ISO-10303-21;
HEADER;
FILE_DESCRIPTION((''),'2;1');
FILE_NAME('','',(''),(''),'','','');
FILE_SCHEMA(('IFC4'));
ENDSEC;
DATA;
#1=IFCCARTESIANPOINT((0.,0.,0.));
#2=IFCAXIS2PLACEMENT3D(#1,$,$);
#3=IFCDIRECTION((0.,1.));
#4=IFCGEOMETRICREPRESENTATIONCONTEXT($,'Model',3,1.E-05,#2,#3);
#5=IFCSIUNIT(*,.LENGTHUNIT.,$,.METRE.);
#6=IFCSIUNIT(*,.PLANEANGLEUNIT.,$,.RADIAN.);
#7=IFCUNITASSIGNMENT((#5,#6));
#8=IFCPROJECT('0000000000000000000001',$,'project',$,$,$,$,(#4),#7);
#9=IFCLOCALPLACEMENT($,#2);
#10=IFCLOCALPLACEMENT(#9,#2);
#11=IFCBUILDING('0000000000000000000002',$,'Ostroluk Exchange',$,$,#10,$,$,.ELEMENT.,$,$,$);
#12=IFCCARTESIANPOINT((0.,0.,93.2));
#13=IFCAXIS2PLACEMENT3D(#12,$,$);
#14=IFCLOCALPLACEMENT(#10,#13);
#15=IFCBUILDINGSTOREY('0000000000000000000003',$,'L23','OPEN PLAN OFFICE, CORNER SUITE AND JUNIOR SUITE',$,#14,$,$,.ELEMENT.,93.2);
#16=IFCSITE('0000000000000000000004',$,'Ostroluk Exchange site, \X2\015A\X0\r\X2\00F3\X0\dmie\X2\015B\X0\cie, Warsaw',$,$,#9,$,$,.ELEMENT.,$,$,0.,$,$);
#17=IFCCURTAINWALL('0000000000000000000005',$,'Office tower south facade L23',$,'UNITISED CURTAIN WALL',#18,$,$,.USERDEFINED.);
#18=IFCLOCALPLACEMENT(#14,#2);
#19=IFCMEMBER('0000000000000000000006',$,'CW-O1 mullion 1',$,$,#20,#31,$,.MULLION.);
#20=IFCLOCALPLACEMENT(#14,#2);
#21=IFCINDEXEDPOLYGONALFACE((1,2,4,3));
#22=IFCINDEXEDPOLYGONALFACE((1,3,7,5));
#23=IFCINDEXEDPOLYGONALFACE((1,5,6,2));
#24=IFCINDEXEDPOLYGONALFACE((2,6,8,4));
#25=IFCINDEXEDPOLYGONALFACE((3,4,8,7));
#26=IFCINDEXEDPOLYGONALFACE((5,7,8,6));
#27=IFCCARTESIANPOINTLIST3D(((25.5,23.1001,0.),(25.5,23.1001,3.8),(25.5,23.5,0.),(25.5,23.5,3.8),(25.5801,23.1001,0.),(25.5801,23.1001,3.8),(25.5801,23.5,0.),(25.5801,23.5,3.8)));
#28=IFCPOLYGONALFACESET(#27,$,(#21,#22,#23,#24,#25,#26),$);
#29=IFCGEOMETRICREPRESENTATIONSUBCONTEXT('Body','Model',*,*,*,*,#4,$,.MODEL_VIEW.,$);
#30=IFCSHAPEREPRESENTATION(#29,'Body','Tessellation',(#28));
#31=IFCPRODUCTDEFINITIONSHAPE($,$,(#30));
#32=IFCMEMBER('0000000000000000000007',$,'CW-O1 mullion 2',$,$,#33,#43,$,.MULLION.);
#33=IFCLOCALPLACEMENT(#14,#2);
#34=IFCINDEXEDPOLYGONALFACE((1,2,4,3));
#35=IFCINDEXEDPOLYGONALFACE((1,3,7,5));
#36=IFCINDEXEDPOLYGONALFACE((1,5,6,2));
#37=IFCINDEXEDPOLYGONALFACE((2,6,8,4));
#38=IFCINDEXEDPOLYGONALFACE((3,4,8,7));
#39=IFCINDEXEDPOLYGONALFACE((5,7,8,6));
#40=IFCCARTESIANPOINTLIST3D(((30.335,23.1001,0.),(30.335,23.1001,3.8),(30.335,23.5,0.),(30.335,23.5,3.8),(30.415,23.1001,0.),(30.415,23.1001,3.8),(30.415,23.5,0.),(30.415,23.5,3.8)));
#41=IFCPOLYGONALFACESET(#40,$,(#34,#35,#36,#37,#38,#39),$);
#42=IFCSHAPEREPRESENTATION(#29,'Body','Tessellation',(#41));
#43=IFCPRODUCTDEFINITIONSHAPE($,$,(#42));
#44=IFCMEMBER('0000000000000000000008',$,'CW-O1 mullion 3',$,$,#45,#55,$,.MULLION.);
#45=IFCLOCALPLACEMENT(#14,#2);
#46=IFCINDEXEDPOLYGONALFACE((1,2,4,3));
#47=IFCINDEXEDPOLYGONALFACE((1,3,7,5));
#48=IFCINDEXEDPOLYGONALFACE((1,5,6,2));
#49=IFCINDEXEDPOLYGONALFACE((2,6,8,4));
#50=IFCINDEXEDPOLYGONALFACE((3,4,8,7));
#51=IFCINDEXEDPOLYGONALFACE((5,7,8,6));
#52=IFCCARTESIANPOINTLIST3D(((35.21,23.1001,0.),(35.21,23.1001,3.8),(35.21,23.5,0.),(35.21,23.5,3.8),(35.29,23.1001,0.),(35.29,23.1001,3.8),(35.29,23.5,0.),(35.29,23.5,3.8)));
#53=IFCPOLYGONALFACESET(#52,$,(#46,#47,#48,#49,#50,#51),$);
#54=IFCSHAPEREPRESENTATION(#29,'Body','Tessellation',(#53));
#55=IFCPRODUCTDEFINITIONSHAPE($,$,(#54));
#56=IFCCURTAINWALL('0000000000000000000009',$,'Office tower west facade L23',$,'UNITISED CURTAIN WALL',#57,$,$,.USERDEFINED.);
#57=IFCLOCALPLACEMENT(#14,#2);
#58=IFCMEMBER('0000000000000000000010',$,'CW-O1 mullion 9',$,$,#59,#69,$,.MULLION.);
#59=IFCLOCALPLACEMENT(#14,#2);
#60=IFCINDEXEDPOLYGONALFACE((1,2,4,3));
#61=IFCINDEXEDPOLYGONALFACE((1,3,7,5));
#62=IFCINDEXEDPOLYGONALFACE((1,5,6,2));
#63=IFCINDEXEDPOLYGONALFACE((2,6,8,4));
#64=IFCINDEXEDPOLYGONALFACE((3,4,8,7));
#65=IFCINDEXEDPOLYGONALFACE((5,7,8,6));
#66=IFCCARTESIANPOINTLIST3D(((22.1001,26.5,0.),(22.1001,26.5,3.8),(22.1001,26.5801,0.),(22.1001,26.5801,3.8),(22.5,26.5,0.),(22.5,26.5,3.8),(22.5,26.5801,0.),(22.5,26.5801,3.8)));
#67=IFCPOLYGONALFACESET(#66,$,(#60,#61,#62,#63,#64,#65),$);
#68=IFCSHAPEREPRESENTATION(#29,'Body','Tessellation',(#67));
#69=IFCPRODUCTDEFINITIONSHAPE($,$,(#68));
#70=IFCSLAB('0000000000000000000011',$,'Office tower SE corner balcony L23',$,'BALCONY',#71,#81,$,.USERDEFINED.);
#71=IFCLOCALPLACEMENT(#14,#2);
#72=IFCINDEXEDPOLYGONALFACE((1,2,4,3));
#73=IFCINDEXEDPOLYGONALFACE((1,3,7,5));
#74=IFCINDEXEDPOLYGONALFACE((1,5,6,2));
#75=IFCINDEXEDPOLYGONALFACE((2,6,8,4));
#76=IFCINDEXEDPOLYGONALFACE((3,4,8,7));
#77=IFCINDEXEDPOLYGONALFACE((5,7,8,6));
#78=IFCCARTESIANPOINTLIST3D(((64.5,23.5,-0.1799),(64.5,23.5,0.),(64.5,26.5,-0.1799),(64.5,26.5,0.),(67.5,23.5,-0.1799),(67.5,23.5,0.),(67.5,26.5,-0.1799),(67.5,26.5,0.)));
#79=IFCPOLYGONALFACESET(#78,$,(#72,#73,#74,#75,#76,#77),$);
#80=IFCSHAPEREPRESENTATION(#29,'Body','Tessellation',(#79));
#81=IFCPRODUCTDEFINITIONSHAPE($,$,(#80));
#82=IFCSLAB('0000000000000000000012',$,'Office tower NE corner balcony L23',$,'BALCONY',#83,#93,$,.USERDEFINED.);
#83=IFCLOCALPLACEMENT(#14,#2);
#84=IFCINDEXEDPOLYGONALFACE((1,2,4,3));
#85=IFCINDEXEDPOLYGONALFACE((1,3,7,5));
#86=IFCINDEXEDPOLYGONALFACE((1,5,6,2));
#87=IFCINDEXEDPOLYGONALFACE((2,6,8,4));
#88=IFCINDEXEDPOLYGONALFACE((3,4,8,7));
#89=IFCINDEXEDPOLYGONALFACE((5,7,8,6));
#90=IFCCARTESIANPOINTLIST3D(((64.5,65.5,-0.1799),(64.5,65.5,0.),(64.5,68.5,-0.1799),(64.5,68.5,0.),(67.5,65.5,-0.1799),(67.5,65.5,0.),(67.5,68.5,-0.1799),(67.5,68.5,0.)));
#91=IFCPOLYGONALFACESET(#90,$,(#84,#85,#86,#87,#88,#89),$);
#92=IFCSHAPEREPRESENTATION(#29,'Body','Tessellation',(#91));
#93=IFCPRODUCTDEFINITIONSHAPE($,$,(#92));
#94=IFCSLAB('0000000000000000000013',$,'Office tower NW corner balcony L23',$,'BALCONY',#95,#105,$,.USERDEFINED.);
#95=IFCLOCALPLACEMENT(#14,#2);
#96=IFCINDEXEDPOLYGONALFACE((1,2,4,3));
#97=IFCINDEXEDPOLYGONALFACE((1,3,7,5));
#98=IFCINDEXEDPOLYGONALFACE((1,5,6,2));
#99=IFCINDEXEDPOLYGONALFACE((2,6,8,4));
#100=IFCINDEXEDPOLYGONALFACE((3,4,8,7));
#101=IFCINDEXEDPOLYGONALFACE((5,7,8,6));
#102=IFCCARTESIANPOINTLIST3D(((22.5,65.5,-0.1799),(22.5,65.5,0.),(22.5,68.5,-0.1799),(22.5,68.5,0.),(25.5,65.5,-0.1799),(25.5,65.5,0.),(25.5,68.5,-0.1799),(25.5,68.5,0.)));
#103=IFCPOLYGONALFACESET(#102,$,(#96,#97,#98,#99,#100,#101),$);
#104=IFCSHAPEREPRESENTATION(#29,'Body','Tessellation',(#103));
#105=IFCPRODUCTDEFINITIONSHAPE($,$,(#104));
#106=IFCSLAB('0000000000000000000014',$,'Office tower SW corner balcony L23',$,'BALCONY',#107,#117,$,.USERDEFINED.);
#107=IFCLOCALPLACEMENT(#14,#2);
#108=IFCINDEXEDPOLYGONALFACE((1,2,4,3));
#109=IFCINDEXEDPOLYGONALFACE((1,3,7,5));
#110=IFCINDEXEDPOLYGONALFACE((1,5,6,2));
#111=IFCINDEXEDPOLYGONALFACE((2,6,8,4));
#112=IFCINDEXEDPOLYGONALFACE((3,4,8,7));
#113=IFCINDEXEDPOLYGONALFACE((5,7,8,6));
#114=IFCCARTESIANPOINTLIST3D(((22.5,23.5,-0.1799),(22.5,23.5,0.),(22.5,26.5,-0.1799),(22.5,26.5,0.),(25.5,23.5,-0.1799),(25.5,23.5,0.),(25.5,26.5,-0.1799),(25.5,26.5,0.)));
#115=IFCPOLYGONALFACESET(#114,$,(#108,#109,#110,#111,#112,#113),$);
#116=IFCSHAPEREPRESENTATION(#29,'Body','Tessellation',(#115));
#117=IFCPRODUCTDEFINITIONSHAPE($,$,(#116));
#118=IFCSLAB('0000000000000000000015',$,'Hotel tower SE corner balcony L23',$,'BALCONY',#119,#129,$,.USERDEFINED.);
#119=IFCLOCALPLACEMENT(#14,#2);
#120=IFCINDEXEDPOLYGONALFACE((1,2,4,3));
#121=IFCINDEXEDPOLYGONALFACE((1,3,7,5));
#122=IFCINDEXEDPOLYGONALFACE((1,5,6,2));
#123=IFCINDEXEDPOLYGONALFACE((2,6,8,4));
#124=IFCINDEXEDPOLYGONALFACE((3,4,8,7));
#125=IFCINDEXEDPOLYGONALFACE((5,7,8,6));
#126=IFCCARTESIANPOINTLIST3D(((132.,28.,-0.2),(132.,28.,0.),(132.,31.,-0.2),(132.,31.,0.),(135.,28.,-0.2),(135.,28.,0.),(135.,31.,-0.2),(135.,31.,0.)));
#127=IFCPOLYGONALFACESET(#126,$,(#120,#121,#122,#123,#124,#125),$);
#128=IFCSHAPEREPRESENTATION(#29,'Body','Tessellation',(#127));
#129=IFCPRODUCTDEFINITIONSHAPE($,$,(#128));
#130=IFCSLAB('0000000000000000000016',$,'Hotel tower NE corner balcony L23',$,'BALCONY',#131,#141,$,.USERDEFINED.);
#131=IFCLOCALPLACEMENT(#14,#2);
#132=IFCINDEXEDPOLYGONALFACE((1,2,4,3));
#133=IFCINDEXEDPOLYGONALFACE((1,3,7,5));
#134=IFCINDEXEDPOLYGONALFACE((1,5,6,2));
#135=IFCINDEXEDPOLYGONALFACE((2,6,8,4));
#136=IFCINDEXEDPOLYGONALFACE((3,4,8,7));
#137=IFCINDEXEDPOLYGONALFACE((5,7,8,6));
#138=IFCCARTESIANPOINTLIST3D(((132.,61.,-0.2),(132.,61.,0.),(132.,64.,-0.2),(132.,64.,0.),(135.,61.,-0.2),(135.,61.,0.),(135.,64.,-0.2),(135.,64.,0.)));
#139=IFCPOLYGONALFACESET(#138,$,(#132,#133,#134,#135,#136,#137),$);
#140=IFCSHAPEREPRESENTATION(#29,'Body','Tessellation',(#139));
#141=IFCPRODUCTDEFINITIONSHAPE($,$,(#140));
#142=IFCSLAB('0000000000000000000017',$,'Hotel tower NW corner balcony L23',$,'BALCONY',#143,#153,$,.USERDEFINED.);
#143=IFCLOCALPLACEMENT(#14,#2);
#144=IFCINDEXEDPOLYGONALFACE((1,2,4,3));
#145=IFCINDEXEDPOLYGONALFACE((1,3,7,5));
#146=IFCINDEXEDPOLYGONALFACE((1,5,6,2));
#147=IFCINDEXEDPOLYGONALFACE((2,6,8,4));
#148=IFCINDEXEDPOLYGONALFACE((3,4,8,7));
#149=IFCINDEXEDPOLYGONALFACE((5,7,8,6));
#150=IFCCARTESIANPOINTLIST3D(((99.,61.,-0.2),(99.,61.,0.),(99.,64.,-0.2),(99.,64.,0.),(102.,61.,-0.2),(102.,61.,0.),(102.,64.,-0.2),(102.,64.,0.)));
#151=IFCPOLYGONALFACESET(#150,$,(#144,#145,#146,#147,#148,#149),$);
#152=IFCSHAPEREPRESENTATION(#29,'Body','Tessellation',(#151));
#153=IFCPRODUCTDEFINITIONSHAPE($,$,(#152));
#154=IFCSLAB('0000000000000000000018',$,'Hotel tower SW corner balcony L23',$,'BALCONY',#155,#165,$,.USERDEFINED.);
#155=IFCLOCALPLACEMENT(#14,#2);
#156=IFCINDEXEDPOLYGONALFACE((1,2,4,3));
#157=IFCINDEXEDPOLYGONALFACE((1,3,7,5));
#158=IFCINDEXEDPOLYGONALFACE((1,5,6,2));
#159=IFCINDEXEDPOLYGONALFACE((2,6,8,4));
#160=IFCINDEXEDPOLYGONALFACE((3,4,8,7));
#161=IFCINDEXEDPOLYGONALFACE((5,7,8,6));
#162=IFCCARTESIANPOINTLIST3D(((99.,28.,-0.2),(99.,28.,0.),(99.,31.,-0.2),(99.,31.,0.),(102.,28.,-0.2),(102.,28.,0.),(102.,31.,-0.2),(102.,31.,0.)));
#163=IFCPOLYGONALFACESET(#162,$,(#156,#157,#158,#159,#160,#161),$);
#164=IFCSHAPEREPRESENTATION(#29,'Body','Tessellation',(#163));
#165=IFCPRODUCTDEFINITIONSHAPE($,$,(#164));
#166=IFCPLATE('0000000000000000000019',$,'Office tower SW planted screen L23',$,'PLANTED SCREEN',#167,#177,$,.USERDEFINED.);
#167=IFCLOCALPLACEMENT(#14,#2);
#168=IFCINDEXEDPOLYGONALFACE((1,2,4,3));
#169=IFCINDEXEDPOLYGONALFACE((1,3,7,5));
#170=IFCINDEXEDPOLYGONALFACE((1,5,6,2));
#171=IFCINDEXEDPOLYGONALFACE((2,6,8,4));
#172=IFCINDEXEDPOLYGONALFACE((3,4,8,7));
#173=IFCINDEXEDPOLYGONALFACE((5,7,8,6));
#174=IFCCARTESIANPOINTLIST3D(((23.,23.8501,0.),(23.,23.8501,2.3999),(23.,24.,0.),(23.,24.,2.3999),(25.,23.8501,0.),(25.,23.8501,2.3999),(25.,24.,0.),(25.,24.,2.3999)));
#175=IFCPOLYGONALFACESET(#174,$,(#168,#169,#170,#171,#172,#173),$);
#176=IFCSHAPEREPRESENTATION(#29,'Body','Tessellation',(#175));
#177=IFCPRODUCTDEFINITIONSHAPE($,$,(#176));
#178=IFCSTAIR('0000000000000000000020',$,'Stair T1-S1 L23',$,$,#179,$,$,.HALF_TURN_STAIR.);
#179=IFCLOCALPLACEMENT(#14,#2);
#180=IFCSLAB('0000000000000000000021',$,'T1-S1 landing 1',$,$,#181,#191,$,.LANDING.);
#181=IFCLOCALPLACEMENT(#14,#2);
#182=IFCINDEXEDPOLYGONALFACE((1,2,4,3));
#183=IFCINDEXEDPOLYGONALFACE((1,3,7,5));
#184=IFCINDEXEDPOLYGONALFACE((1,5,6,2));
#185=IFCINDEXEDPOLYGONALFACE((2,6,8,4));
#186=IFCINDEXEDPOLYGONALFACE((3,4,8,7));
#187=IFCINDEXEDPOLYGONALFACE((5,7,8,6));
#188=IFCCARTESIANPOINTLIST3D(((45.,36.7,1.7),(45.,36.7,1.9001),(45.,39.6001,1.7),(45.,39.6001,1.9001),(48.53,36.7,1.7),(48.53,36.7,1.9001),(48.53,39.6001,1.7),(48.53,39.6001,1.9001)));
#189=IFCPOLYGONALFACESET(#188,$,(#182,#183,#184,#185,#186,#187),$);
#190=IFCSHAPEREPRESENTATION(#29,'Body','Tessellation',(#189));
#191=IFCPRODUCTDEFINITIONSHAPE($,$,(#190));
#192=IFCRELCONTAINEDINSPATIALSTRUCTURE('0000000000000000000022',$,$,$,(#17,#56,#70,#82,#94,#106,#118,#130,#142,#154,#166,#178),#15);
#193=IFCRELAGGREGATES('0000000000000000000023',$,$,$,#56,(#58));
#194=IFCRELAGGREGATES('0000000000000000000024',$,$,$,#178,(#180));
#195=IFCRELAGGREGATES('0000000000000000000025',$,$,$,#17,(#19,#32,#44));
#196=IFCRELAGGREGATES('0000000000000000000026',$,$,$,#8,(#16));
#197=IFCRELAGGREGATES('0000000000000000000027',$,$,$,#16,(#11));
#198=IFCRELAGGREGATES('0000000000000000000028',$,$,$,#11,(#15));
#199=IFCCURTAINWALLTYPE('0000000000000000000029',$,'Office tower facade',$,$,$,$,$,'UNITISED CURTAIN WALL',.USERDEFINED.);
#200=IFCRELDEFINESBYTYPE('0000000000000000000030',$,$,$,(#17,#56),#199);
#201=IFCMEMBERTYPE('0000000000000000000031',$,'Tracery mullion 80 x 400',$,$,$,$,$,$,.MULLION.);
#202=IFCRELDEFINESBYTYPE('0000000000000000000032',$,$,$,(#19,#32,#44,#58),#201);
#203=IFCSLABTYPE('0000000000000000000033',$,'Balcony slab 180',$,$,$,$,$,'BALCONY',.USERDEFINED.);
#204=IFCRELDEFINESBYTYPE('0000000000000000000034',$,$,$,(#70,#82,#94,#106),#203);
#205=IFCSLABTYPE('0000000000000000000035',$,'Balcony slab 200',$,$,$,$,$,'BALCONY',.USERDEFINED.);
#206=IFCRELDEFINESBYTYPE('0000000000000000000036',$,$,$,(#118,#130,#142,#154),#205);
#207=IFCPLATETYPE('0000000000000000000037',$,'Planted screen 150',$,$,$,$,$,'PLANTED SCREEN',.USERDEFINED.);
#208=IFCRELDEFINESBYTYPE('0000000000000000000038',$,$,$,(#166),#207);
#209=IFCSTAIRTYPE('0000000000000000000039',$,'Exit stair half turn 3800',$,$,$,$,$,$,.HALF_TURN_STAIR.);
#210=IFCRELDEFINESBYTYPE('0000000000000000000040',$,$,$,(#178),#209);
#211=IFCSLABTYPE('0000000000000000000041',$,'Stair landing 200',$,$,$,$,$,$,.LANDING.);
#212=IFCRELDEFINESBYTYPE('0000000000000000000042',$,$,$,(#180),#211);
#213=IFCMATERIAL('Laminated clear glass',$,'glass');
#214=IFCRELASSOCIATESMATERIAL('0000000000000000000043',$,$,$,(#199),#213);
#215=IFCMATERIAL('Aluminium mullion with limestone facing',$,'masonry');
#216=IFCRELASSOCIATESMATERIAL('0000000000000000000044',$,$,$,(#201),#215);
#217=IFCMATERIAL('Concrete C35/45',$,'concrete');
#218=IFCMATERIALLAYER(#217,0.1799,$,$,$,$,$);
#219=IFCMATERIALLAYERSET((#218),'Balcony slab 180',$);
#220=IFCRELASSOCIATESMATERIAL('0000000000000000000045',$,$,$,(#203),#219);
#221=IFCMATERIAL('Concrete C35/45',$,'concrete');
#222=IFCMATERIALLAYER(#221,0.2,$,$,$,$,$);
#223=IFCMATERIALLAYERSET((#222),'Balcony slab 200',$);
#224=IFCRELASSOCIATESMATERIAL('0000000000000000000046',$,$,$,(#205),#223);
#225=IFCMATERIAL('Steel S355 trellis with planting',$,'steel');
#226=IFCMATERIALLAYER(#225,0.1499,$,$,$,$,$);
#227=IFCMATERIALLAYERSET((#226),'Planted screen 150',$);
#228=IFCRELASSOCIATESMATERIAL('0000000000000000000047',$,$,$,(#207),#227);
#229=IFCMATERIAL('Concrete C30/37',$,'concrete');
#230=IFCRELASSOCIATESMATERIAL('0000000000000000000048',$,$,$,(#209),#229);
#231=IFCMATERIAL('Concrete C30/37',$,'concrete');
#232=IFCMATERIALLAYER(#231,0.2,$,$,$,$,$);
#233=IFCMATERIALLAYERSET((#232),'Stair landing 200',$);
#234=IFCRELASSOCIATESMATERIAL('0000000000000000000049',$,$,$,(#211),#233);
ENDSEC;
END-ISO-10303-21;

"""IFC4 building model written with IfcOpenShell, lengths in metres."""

from ifc_helpers import new_model, si_unit, direction, frame, origin, origin_2d, place, context, subcontext, project, spatial, polyline, rectangle, outline, extrude, material, layer, layer_set, material_profile, profile_set, type_object, element, aggregate, save


model = new_model("IFC4")

# Units and contexts
model_context = context("Model", 3, precision=1e-05, world=origin(), true_north=direction((0.0, 1.0)))
body_context = subcontext(model_context, "Body", "Model", "MODEL_VIEW")
ifc_project = project(units=[si_unit("LENGTHUNIT", "METRE"), si_unit("PLANEANGLEUNIT", "RADIAN")], contexts=[model_context])

# Site, building, storey
site_placement = place(None, origin())
site = spatial("IfcSite", under=ifc_project, at=site_placement, Name="Ostroluk Exchange site, Śródmieście, Warsaw", CompositionType="ELEMENT", RefElevation=0.0)
building_placement = place(site_placement, origin())
building = spatial("IfcBuilding", under=site, at=building_placement, Name="Ostroluk Exchange", CompositionType="ELEMENT")
storey_placement = place(building_placement, frame((0.0, 0.0, 93.2)))
storey = spatial("IfcBuildingStorey", under=building, at=storey_placement, Name="L23", Description="OPEN PLAN OFFICE, CORNER SUITE AND JUNIOR SUITE", CompositionType="ELEMENT", Elevation=93.2)

# Curtain wall, members
ifc_material_1 = material(Name="Laminated clear glass", Category="glass")
curtain_wall_type = type_object("IfcCurtainWallType", Name="Office tower facade", ElementType="UNITISED CURTAIN WALL", PredefinedType="USERDEFINED", material=ifc_material_1)
curtain_wall_1_placement = place(storey_placement, origin())
curtain_wall_1 = element("IfcCurtainWall", 1, at=curtain_wall_1_placement, inside=storey, type_object=curtain_wall_type, Name="Office tower south facade L23", ObjectType="UNITISED CURTAIN WALL", PredefinedType="USERDEFINED")
ifc_material_2 = material(Name="Aluminium mullion with limestone facing", Category="masonry")
ifc_material_profile_1 = material_profile(ifc_material_2, rectangle(XDim=0.3999, YDim=0.0801, at=origin_2d()), Name="Tracery mullion 80 x 400")
ifc_profile_set_1 = profile_set([ifc_material_profile_1], Name="Aluminium mullion with limestone facing")
member_type_1 = type_object("IfcMemberType", Name="Tracery mullion 80 x 400", PredefinedType="MULLION", material=ifc_profile_set_1)
member_1_placement = place(storey_placement, frame((25.54, 23.3, 0.0), z_axis=(0.0, 0.0, 1.0), x_axis=(0.0, 1.0, 0.0)))
member_1 = element("IfcMember", 2, at=member_1_placement, type_object=member_type_1, Name="CW-O1 mullion 1", PredefinedType="MULLION", context=body_context, shape_type="SweptSolid", body=[
    extrude(rectangle(XDim=0.3999, YDim=0.0801, at=origin_2d()), origin(), (0.0, 0.0, 1.0), 3.8),
])
member_2_placement = place(storey_placement, frame((30.375, 23.3, 0.0), z_axis=(0.0, 0.0, 1.0), x_axis=(0.0, 1.0, 0.0)))
member_2 = element("IfcMember", 3, at=member_2_placement, type_object=member_type_1, Name="CW-O1 mullion 2", PredefinedType="MULLION", context=body_context, shape_type="SweptSolid", body=[
    extrude(rectangle(XDim=0.3999, YDim=0.0801, at=origin_2d()), origin(), (0.0, 0.0, 1.0), 3.8),
])
member_3_placement = place(storey_placement, frame((35.25, 23.3, 0.0), z_axis=(0.0, 0.0, 1.0), x_axis=(0.0, 1.0, 0.0)))
member_3 = element("IfcMember", 4, at=member_3_placement, type_object=member_type_1, Name="CW-O1 mullion 3", PredefinedType="MULLION", context=body_context, shape_type="SweptSolid", body=[
    extrude(rectangle(XDim=0.3999, YDim=0.0801, at=origin_2d()), origin(), (0.0, 0.0, 1.0), 3.8),
])

# Curtain wall, member
curtain_wall_2_placement = place(storey_placement, origin())
curtain_wall_2 = element("IfcCurtainWall", 5, at=curtain_wall_2_placement, inside=storey, type_object=curtain_wall_type, Name="Office tower west facade L23", ObjectType="UNITISED CURTAIN WALL", PredefinedType="USERDEFINED")
member_4_placement = place(storey_placement, frame((22.3, 26.54, 0.0), z_axis=(0.0, 0.0, 1.0), x_axis=(1.0, 0.0, 0.0)))
member_4 = element("IfcMember", 6, at=member_4_placement, type_object=member_type_1, Name="CW-O1 mullion 9", PredefinedType="MULLION", context=body_context, shape_type="SweptSolid", body=[
    extrude(rectangle(XDim=0.3999, YDim=0.0801, at=origin_2d()), origin(), (0.0, 0.0, 1.0), 3.8),
])
aggregate(curtain_wall_2, [member_4])

# Slabs
ifc_material_3 = material(Name="Concrete C35/45", Category="concrete")
ifc_layer_1 = layer(ifc_material_3, 0.1799)
ifc_layer_set_1 = layer_set([ifc_layer_1], Name="Balcony slab 180")
slab_type_1 = type_object("IfcSlabType", Name="Balcony slab 180", ElementType="BALCONY", PredefinedType="USERDEFINED", material=ifc_layer_set_1)
slab_1_placement = place(storey_placement, frame((0.0, 0.0, -0.1799)))
element("IfcSlab", 7, at=slab_1_placement, inside=storey, type_object=slab_type_1, Name="Office tower SE corner balcony L23", ObjectType="BALCONY", PredefinedType="USERDEFINED", context=body_context, shape_type="SweptSolid", body=[
    extrude(outline(polyline([(64.5, 23.5), (67.5, 23.5), (67.5, 26.5), (64.5, 26.5), (64.5, 23.5)])), origin(), (0.0, 0.0, 1.0), 0.1799),
])
slab_2_placement = place(storey_placement, frame((0.0, 0.0, -0.1799)))
element("IfcSlab", 8, at=slab_2_placement, inside=storey, type_object=slab_type_1, Name="Office tower NE corner balcony L23", ObjectType="BALCONY", PredefinedType="USERDEFINED", context=body_context, shape_type="SweptSolid", body=[
    extrude(outline(polyline([(64.5, 65.5), (67.5, 65.5), (67.5, 68.5), (64.5, 68.5), (64.5, 65.5)])), origin(), (0.0, 0.0, 1.0), 0.1799),
])
slab_3_placement = place(storey_placement, frame((0.0, 0.0, -0.1799)))
element("IfcSlab", 9, at=slab_3_placement, inside=storey, type_object=slab_type_1, Name="Office tower NW corner balcony L23", ObjectType="BALCONY", PredefinedType="USERDEFINED", context=body_context, shape_type="SweptSolid", body=[
    extrude(outline(polyline([(22.5, 65.5), (25.5, 65.5), (25.5, 68.5), (22.5, 68.5), (22.5, 65.5)])), origin(), (0.0, 0.0, 1.0), 0.1799),
])
slab_4_placement = place(storey_placement, frame((0.0, 0.0, -0.1799)))
element("IfcSlab", 10, at=slab_4_placement, inside=storey, type_object=slab_type_1, Name="Office tower SW corner balcony L23", ObjectType="BALCONY", PredefinedType="USERDEFINED", context=body_context, shape_type="SweptSolid", body=[
    extrude(outline(polyline([(22.5, 23.5), (25.5, 23.5), (25.5, 26.5), (22.5, 26.5), (22.5, 23.5)])), origin(), (0.0, 0.0, 1.0), 0.1799),
])
ifc_material_4 = material(Name="Concrete C35/45", Category="concrete")
ifc_layer_2 = layer(ifc_material_4, 0.2)
ifc_layer_set_2 = layer_set([ifc_layer_2], Name="Balcony slab 200")
slab_type_2 = type_object("IfcSlabType", Name="Balcony slab 200", ElementType="BALCONY", PredefinedType="USERDEFINED", material=ifc_layer_set_2)
slab_5_placement = place(storey_placement, frame((0.0, 0.0, -0.2)))
element("IfcSlab", 11, at=slab_5_placement, inside=storey, type_object=slab_type_2, Name="Hotel tower SE corner balcony L23", ObjectType="BALCONY", PredefinedType="USERDEFINED", context=body_context, shape_type="SweptSolid", body=[
    extrude(outline(polyline([(132.0, 28.0), (135.0, 28.0), (135.0, 31.0), (132.0, 31.0), (132.0, 28.0)])), origin(), (0.0, 0.0, 1.0), 0.2),
])
slab_6_placement = place(storey_placement, frame((0.0, 0.0, -0.2)))
element("IfcSlab", 12, at=slab_6_placement, inside=storey, type_object=slab_type_2, Name="Hotel tower NE corner balcony L23", ObjectType="BALCONY", PredefinedType="USERDEFINED", context=body_context, shape_type="SweptSolid", body=[
    extrude(outline(polyline([(132.0, 61.0), (135.0, 61.0), (135.0, 64.0), (132.0, 64.0), (132.0, 61.0)])), origin(), (0.0, 0.0, 1.0), 0.2),
])
slab_7_placement = place(storey_placement, frame((0.0, 0.0, -0.2)))
element("IfcSlab", 13, at=slab_7_placement, inside=storey, type_object=slab_type_2, Name="Hotel tower NW corner balcony L23", ObjectType="BALCONY", PredefinedType="USERDEFINED", context=body_context, shape_type="SweptSolid", body=[
    extrude(outline(polyline([(99.0, 61.0), (102.0, 61.0), (102.0, 64.0), (99.0, 64.0), (99.0, 61.0)])), origin(), (0.0, 0.0, 1.0), 0.2),
])
slab_8_placement = place(storey_placement, frame((0.0, 0.0, -0.2)))
element("IfcSlab", 14, at=slab_8_placement, inside=storey, type_object=slab_type_2, Name="Hotel tower SW corner balcony L23", ObjectType="BALCONY", PredefinedType="USERDEFINED", context=body_context, shape_type="SweptSolid", body=[
    extrude(outline(polyline([(99.0, 28.0), (102.0, 28.0), (102.0, 31.0), (99.0, 31.0), (99.0, 28.0)])), origin(), (0.0, 0.0, 1.0), 0.2),
])

# Plate
ifc_material_5 = material(Name="Steel S355 trellis with planting", Category="steel")
ifc_layer_3 = layer(ifc_material_5, 0.1499)
ifc_layer_set_3 = layer_set([ifc_layer_3], Name="Planted screen 150")
plate_type_1 = type_object("IfcPlateType", Name="Planted screen 150", ElementType="PLANTED SCREEN", PredefinedType="USERDEFINED", material=ifc_layer_set_3)
plate_1_placement = place(storey_placement, frame((24.0, 23.925, 0.0), z_axis=(0.0, 0.0, 1.0), x_axis=(1.0, 0.0, 0.0)))
element("IfcPlate", 15, at=plate_1_placement, inside=storey, type_object=plate_type_1, Name="Office tower SW planted screen L23", ObjectType="PLANTED SCREEN", PredefinedType="USERDEFINED", context=body_context, shape_type="SweptSolid", body=[
    extrude(rectangle(XDim=2.0, YDim=0.1499, at=origin_2d()), origin(), (0.0, 0.0, 1.0), 2.3999),
])

# Stair, slab
ifc_material_6 = material(Name="Concrete C30/37", Category="concrete")
stair_type = type_object("IfcStairType", Name="Exit stair half turn 3800", PredefinedType="HALF_TURN_STAIR", material=ifc_material_6)
stair_1_placement = place(storey_placement, origin())
stair_1 = element("IfcStair", 16, at=stair_1_placement, inside=storey, type_object=stair_type, Name="Stair T1-S1 L23", PredefinedType="HALF_TURN_STAIR")
ifc_material_7 = material(Name="Concrete C30/37", Category="concrete")
ifc_layer_4 = layer(ifc_material_7, 0.2)
ifc_layer_set_4 = layer_set([ifc_layer_4], Name="Stair landing 200")
slab_type_3 = type_object("IfcSlabType", Name="Stair landing 200", PredefinedType="LANDING", material=ifc_layer_set_4)
slab_9_placement = place(storey_placement, frame((0.0, 0.0, 1.7)))
slab_9 = element("IfcSlab", 17, at=slab_9_placement, type_object=slab_type_3, Name="T1-S1 landing 1", PredefinedType="LANDING", context=body_context, shape_type="SweptSolid", body=[
    extrude(outline(polyline([(45.0, 36.7), (45.0, 39.6001), (48.53, 39.6001), (48.53, 36.7), (45.0, 36.7)])), origin(), (0.0, 0.0, 1.0), 0.2002),
])
aggregate(stair_1, [slab_9])

aggregate(curtain_wall_1, [member_1, member_2, member_3])

save(model, "model.ifc")
